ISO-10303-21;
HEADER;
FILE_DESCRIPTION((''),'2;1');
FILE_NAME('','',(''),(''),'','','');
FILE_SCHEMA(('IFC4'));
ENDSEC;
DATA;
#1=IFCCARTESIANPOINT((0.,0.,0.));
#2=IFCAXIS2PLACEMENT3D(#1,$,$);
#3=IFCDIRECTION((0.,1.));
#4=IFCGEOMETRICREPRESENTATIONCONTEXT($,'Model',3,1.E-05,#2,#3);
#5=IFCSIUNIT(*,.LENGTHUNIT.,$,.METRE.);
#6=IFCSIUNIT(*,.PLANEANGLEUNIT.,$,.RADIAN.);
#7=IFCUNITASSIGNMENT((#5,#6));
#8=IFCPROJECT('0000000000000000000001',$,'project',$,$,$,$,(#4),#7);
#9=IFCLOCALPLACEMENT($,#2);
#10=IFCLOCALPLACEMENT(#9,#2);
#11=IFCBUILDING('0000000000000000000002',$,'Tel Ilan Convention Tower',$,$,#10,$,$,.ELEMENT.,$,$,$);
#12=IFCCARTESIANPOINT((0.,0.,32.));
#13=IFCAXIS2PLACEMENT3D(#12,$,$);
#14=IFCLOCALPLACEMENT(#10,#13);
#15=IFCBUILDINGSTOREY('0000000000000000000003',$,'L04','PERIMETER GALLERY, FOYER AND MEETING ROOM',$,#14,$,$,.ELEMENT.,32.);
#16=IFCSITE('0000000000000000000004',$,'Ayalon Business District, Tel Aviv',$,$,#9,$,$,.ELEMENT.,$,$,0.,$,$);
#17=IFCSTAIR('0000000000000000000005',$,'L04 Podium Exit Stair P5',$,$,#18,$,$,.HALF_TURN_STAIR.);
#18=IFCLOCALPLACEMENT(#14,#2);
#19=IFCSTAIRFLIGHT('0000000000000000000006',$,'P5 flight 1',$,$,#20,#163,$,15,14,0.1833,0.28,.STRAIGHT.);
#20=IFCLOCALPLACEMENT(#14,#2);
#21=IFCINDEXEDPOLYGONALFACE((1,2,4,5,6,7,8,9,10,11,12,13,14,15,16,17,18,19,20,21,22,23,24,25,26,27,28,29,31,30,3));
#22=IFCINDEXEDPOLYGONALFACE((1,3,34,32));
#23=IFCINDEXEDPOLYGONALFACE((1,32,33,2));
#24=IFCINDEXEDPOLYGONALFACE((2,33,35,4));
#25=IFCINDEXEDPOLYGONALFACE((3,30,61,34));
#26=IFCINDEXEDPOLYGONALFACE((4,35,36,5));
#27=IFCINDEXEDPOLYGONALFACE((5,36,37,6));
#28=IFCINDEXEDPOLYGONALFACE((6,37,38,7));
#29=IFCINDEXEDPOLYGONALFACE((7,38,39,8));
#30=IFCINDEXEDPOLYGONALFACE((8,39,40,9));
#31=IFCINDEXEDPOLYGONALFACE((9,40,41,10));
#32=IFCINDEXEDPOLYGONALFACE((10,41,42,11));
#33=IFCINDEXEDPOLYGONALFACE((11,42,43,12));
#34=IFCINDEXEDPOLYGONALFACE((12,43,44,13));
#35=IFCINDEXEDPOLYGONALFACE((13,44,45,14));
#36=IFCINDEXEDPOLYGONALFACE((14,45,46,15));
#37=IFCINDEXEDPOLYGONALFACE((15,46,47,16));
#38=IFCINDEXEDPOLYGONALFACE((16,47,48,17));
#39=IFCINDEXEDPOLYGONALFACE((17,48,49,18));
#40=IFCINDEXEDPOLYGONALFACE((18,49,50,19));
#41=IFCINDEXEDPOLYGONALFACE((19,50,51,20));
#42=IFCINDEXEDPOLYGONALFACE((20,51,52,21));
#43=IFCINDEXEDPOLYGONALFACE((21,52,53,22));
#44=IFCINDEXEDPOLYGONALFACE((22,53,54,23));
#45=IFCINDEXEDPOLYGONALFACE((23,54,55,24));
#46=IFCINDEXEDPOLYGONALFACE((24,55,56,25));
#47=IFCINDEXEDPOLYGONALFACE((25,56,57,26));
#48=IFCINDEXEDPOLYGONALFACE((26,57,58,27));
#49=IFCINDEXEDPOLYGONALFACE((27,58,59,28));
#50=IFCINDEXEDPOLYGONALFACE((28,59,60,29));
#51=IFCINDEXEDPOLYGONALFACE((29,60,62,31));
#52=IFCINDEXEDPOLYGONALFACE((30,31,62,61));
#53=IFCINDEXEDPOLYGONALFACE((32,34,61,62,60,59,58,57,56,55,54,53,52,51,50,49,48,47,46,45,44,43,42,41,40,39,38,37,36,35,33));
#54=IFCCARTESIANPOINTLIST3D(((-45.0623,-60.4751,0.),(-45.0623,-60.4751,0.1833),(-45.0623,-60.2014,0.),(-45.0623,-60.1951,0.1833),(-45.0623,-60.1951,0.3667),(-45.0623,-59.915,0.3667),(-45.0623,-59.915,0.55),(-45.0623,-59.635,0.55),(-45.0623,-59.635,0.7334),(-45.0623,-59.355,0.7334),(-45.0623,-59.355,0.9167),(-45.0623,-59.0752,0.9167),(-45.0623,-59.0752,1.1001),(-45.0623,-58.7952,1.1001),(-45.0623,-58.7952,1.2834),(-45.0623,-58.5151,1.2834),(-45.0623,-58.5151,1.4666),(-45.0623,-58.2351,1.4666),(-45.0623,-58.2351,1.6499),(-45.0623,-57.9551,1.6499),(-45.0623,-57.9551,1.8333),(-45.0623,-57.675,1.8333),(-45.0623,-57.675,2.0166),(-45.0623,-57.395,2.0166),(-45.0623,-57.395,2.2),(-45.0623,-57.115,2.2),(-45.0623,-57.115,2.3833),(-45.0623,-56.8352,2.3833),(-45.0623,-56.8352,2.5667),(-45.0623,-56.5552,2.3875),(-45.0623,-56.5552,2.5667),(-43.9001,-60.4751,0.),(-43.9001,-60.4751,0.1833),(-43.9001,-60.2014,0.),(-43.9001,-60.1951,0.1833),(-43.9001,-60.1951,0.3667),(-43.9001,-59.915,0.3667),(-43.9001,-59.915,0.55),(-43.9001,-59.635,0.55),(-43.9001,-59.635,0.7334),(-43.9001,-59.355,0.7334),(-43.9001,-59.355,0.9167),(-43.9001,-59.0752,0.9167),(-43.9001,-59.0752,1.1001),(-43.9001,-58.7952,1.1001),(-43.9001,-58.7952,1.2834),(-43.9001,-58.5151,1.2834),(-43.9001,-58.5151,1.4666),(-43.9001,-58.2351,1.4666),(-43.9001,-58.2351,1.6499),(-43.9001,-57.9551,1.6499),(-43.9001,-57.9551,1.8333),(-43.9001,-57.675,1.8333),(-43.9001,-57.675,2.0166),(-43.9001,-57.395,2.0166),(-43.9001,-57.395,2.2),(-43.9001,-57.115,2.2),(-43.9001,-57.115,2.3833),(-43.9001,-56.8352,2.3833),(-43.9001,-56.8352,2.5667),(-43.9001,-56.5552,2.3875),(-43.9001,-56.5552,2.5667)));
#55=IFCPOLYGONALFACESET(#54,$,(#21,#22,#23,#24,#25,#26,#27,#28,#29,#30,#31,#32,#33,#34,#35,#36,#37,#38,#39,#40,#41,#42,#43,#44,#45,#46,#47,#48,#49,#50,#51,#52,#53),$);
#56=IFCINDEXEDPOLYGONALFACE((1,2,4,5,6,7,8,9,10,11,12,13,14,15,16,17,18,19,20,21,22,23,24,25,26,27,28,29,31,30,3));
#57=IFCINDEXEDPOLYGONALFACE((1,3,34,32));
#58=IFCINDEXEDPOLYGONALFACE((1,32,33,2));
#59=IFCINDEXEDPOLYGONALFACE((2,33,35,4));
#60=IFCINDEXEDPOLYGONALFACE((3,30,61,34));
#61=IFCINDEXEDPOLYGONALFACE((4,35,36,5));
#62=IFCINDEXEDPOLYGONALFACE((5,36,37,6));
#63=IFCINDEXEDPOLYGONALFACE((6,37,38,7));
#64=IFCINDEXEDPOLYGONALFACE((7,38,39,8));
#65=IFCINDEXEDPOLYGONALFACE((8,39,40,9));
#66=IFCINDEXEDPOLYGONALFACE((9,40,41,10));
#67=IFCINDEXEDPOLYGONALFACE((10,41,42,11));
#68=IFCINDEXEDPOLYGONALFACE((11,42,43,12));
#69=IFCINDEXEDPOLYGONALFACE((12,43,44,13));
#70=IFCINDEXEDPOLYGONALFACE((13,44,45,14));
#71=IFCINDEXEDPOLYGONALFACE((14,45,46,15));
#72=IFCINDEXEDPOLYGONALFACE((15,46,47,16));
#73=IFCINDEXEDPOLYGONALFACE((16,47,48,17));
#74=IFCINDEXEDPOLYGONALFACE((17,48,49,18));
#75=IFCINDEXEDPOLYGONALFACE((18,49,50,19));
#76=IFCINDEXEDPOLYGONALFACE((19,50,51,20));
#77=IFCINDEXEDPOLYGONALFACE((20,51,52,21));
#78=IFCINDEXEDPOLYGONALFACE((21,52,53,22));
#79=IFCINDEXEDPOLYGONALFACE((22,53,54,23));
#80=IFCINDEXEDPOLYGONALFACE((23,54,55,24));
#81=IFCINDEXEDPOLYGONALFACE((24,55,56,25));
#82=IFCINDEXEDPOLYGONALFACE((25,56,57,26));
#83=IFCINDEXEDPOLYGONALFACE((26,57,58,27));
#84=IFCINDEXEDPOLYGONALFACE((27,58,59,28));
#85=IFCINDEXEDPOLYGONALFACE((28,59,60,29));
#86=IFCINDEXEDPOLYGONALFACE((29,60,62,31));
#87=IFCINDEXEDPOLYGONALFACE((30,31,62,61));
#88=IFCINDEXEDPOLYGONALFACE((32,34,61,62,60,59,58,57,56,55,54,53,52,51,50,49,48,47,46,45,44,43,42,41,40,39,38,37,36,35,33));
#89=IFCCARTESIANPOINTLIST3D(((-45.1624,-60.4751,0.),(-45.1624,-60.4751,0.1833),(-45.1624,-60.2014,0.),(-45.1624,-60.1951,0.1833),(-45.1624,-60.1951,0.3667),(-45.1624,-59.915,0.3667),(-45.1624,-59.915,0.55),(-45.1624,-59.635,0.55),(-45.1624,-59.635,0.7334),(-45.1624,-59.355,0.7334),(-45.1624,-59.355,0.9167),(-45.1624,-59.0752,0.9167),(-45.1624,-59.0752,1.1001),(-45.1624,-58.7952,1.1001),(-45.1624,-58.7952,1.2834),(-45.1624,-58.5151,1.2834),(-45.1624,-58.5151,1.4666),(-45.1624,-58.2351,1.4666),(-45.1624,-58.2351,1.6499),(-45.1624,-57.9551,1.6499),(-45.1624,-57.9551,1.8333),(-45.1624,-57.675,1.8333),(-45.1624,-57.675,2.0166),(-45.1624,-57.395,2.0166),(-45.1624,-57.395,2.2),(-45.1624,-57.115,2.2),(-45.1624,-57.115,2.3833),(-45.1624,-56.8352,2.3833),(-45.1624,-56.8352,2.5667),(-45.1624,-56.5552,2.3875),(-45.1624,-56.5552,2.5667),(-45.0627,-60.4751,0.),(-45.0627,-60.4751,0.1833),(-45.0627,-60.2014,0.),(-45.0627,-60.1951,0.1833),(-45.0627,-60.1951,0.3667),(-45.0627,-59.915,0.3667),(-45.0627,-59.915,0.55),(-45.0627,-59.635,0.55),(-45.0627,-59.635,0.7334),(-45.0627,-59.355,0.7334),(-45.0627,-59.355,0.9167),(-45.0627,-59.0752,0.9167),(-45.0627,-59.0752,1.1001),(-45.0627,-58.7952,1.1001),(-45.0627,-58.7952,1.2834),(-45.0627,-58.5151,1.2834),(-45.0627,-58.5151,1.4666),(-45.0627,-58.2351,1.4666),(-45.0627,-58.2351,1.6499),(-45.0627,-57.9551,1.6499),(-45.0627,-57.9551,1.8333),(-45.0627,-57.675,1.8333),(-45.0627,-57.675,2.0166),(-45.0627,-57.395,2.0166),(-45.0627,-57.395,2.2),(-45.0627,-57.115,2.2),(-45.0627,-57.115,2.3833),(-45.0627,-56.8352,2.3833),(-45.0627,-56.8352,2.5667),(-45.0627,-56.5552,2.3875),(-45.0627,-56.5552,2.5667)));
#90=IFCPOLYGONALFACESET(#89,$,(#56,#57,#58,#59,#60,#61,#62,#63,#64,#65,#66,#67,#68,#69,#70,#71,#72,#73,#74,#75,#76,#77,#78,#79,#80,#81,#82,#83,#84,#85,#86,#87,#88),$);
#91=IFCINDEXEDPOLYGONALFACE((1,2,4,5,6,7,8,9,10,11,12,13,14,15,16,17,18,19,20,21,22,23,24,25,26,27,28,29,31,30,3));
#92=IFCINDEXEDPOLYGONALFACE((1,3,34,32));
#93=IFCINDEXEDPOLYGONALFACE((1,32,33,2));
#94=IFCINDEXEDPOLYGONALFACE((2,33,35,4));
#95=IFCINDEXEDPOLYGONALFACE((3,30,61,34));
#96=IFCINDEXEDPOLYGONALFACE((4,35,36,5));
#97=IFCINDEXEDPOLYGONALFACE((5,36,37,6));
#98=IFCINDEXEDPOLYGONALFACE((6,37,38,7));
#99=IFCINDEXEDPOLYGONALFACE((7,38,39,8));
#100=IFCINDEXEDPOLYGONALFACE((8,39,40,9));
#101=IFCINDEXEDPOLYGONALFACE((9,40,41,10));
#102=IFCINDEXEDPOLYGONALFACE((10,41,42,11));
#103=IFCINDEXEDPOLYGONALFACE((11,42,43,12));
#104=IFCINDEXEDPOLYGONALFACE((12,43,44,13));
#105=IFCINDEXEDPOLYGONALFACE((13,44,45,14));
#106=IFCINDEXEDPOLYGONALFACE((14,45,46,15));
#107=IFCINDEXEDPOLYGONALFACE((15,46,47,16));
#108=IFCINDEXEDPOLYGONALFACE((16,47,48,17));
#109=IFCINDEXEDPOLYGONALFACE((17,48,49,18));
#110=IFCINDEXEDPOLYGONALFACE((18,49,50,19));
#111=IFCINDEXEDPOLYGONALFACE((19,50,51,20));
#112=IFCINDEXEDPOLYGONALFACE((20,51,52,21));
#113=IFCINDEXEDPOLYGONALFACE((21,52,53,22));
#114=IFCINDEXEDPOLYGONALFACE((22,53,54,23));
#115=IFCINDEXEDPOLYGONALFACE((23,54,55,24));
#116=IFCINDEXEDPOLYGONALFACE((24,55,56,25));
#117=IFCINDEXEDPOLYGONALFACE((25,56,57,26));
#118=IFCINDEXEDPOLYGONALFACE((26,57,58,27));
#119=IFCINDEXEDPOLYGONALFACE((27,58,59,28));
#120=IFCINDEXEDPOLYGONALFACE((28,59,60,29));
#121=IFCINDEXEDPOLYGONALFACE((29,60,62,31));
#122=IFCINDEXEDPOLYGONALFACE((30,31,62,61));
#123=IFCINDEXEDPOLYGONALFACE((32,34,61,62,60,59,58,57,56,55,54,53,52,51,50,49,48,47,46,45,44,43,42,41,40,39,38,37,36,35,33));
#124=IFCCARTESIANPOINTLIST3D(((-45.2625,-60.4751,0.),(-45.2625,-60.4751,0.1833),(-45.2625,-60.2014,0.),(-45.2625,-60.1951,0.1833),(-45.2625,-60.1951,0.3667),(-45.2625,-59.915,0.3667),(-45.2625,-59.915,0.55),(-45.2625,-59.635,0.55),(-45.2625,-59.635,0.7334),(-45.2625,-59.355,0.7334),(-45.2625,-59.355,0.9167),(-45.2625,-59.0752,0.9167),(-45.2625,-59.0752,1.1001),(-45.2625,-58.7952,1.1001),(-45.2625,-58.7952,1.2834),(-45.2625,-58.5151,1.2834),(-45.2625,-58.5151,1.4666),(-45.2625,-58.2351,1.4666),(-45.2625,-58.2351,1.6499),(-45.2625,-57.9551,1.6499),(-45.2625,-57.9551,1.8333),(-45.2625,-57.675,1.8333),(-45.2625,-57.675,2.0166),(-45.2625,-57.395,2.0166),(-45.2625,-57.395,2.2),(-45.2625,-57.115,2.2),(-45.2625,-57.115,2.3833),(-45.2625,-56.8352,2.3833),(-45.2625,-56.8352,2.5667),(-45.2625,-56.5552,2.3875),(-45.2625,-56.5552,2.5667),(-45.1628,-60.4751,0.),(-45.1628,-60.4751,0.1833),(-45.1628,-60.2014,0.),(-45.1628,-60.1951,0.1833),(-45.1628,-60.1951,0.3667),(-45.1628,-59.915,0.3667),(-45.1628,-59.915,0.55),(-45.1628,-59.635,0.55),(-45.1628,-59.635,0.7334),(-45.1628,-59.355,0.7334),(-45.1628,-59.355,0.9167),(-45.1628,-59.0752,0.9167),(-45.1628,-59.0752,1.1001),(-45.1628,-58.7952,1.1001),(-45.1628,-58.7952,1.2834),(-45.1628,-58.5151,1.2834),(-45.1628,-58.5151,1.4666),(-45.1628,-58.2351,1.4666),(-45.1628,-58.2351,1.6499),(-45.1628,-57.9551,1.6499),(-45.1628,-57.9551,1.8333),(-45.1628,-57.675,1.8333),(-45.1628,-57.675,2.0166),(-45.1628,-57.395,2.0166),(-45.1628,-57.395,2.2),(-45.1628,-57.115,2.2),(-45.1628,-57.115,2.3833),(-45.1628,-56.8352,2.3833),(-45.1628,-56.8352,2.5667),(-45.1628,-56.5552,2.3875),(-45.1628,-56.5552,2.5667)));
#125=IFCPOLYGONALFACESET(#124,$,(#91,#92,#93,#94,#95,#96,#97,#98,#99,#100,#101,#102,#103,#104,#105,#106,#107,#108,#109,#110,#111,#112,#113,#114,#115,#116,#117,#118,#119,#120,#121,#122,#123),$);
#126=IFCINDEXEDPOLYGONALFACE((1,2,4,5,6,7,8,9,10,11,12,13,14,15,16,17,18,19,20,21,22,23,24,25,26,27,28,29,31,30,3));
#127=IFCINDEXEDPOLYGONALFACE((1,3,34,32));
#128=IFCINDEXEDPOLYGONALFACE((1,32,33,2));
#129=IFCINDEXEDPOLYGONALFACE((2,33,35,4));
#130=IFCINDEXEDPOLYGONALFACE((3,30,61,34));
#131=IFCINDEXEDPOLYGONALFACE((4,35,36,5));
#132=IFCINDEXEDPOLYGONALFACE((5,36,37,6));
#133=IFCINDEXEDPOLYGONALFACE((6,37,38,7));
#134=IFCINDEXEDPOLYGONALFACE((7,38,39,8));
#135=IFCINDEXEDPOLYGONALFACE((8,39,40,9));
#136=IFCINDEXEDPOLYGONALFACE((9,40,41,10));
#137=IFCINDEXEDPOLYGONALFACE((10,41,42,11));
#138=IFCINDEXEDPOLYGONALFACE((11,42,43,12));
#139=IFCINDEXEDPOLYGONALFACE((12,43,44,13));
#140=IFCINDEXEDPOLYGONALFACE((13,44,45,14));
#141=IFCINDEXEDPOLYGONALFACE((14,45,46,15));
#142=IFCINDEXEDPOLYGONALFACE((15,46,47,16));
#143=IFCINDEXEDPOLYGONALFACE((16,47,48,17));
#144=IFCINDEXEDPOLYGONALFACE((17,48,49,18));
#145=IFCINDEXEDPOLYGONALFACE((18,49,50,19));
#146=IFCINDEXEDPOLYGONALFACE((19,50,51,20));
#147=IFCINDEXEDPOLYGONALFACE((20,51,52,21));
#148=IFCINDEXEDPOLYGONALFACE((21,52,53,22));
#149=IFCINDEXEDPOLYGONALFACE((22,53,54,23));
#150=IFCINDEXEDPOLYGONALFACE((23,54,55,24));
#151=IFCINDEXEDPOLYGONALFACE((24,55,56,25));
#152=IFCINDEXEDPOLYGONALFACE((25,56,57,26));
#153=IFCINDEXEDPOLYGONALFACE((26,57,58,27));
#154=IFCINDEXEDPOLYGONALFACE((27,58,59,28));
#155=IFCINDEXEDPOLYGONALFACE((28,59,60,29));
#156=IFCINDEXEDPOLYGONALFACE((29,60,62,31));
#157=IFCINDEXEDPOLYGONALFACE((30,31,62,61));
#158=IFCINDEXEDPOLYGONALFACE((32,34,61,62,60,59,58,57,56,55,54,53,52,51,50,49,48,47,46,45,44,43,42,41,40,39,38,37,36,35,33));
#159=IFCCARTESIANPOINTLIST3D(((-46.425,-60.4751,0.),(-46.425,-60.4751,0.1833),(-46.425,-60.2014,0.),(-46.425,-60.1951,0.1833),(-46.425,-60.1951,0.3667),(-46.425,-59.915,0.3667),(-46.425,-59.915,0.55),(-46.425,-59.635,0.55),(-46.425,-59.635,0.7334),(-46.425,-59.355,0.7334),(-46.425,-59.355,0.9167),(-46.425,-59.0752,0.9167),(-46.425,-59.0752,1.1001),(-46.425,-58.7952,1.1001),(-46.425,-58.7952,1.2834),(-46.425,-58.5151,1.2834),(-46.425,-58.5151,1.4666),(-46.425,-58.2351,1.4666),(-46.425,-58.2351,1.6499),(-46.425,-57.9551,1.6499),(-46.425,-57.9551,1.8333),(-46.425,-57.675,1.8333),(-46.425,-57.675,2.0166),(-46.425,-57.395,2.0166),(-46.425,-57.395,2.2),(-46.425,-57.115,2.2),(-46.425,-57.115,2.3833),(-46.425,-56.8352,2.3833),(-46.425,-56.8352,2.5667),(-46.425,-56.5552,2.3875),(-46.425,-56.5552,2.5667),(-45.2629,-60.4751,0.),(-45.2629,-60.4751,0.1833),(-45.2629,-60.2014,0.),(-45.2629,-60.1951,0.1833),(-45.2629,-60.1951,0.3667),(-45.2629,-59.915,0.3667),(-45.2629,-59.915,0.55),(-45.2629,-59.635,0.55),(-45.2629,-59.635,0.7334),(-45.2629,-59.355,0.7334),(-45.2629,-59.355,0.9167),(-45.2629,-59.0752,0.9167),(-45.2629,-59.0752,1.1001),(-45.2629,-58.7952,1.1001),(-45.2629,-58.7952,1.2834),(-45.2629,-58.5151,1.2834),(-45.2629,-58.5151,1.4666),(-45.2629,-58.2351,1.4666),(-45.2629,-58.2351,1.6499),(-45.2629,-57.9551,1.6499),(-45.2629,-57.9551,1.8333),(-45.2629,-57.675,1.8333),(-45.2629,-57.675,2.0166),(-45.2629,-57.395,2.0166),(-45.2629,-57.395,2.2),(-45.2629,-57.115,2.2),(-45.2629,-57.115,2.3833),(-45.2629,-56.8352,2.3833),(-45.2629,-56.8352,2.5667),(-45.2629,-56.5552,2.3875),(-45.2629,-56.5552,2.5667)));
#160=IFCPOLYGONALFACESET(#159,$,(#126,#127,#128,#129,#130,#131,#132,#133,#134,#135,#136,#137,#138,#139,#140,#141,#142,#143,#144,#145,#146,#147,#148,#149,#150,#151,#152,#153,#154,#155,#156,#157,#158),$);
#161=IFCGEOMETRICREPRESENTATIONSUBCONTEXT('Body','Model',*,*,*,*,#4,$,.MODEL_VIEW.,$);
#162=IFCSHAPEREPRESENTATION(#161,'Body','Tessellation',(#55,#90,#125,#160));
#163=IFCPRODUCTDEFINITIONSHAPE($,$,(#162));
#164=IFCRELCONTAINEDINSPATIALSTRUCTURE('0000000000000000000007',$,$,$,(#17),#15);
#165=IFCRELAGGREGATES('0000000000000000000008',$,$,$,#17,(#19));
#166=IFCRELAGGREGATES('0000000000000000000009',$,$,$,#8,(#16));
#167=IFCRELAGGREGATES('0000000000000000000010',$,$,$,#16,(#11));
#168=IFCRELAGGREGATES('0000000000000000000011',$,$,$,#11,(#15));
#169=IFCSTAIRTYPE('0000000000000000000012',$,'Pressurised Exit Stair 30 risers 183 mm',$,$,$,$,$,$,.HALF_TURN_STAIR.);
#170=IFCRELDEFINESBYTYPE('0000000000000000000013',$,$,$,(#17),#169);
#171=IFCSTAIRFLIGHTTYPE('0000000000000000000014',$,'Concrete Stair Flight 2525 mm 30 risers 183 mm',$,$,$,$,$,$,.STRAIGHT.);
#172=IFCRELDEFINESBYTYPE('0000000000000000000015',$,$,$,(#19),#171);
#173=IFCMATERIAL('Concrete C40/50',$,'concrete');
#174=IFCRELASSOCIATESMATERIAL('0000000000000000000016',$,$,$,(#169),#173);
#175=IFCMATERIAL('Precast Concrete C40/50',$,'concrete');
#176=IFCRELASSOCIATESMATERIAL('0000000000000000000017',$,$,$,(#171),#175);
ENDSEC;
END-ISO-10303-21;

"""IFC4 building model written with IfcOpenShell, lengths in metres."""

from ifc_helpers import new_model, si_unit, direction, frame, origin, place, context, subcontext, project, spatial, polyline, outline, extrude, material, type_object, element, aggregate, save


model = new_model("IFC4")

# Units and contexts
model_context = context("Model", 3, precision=1e-05, world=origin(), true_north=direction((0.0, 1.0)))
body_context = subcontext(model_context, "Body", "Model", "MODEL_VIEW")
ifc_project = project(units=[si_unit("LENGTHUNIT", "METRE"), si_unit("PLANEANGLEUNIT", "RADIAN")], contexts=[model_context])

# Site, building, storey
site_placement = place(None, origin())
site = spatial("IfcSite", under=ifc_project, at=site_placement, Name="Ayalon Business District, Tel Aviv", CompositionType="ELEMENT", RefElevation=0.0)
building_placement = place(site_placement, origin())
building = spatial("IfcBuilding", under=site, at=building_placement, Name="Tel Ilan Convention Tower", CompositionType="ELEMENT")
storey_placement = place(building_placement, frame((0.0, 0.0, 32.0)))
storey = spatial("IfcBuildingStorey", under=building, at=storey_placement, Name="L04", Description="PERIMETER GALLERY, FOYER AND MEETING ROOM", CompositionType="ELEMENT", Elevation=32.0)

# Stair, stair flight
ifc_material_1 = material(Name="Concrete C40/50", Category="concrete")
stair_type = type_object("IfcStairType", Name="Pressurised Exit Stair 30 risers 183 mm", PredefinedType="HALF_TURN_STAIR", material=ifc_material_1)
stair_1_placement = place(storey_placement, origin())
stair_1 = element("IfcStair", 1, at=stair_1_placement, inside=storey, type_object=stair_type, Name="L04 Podium Exit Stair P5", PredefinedType="HALF_TURN_STAIR")
ifc_material_2 = material(Name="Precast Concrete C40/50", Category="concrete")
stair_flight_type = type_object("IfcStairFlightType", Name="Concrete Stair Flight 2525 mm 30 risers 183 mm", PredefinedType="STRAIGHT", material=ifc_material_2)
stair_flight_1_placement = place(storey_placement, frame((-45.1626, -60.4751, 0.0), z_axis=(0.0, 0.0, 1.0), x_axis=(0.0, 1.0, 0.0)))
stair_flight_1 = element("IfcStairFlight", 2, at=stair_flight_1_placement, type_object=stair_flight_type, Name="P5 flight 1", NumberOfRisers=15, NumberOfTreads=14, PredefinedType="STRAIGHT", RiserHeight=0.1833, TreadLength=0.28, context=body_context, shape_type="SweptSolid", body=[
    extrude(outline(polyline([(0.0, 0.0), (0.0, 0.1833), (0.28, 0.1833), (0.28, 0.3667), (0.5601, 0.3667), (0.5601, 0.55), (0.8401, 0.55), (0.8401, 0.7334), (1.1201, 0.7334), (1.1201, 0.9167), (1.3999, 0.9167), (1.3999, 1.1001), (1.6799, 1.1001), (1.6799, 1.2834), (1.96, 1.2834), (1.96, 1.4666), (2.24, 1.4666), (2.24, 1.6499), (2.52, 1.6499), (2.52, 1.8333), (2.8, 1.8333), (2.8, 2.0166), (3.0801, 2.0166), (3.0801, 2.2), (3.3601, 2.2), (3.3601, 2.3833), (3.6399, 2.3833), (3.6399, 2.5667), (3.9199, 2.5667), (3.9199, 2.75), (3.9199, 2.3875), (0.2737, 0.0), (0.0, 0.0)])), frame((0.0, -0.1003, 0.0), z_axis=(0.0, -1.0, 0.0), x_axis=(1.0, 0.0, 0.0)), (0.0, 0.0, 1.0), 1.1621),
    extrude(outline(polyline([(0.0, 0.0), (0.0, 0.1833), (0.28, 0.1833), (0.28, 0.3667), (0.5601, 0.3667), (0.5601, 0.55), (0.8401, 0.55), (0.8401, 0.7334), (1.1201, 0.7334), (1.1201, 0.9167), (1.3999, 0.9167), (1.3999, 1.1001), (1.6799, 1.1001), (1.6799, 1.2834), (1.96, 1.2834), (1.96, 1.4666), (2.24, 1.4666), (2.24, 1.6499), (2.52, 1.6499), (2.52, 1.8333), (2.8, 1.8333), (2.8, 2.0166), (3.0801, 2.0166), (3.0801, 2.2), (3.3601, 2.2), (3.3601, 2.3833), (3.6399, 2.3833), (3.6399, 2.5667), (3.9199, 2.5667), (3.9199, 2.75), (3.9199, 2.3875), (0.2737, 0.0), (0.0, 0.0)])), frame((0.0, -0.0002, 0.0), z_axis=(0.0, -1.0, 0.0), x_axis=(1.0, 0.0, 0.0)), (0.0, 0.0, 1.0), 0.0996),
    extrude(outline(polyline([(0.0, 0.0), (0.0, 0.1833), (0.28, 0.1833), (0.28, 0.3667), (0.5601, 0.3667), (0.5601, 0.55), (0.8401, 0.55), (0.8401, 0.7334), (1.1201, 0.7334), (1.1201, 0.9167), (1.3999, 0.9167), (1.3999, 1.1001), (1.6799, 1.1001), (1.6799, 1.2834), (1.96, 1.2834), (1.96, 1.4666), (2.24, 1.4666), (2.24, 1.6499), (2.52, 1.6499), (2.52, 1.8333), (2.8, 1.8333), (2.8, 2.0166), (3.0801, 2.0166), (3.0801, 2.2), (3.3601, 2.2), (3.3601, 2.3833), (3.6399, 2.3833), (3.6399, 2.5667), (3.9199, 2.5667), (3.9199, 2.75), (3.9199, 2.3875), (0.2737, 0.0), (0.0, 0.0)])), frame((0.0, 0.0999, 0.0), z_axis=(0.0, -1.0, 0.0), x_axis=(1.0, 0.0, 0.0)), (0.0, 0.0, 1.0), 0.0996),
    extrude(outline(polyline([(0.0, 0.0), (0.0, 0.1833), (0.28, 0.1833), (0.28, 0.3667), (0.5601, 0.3667), (0.5601, 0.55), (0.8401, 0.55), (0.8401, 0.7334), (1.1201, 0.7334), (1.1201, 0.9167), (1.3999, 0.9167), (1.3999, 1.1001), (1.6799, 1.1001), (1.6799, 1.2834), (1.96, 1.2834), (1.96, 1.4666), (2.24, 1.4666), (2.24, 1.6499), (2.52, 1.6499), (2.52, 1.8333), (2.8, 1.8333), (2.8, 2.0166), (3.0801, 2.0166), (3.0801, 2.2), (3.3601, 2.2), (3.3601, 2.3833), (3.6399, 2.3833), (3.6399, 2.5667), (3.9199, 2.5667), (3.9199, 2.75), (3.9199, 2.3875), (0.2737, 0.0), (0.0, 0.0)])), frame((0.0, 1.2625, 0.0), z_axis=(0.0, -1.0, 0.0), x_axis=(1.0, 0.0, 0.0)), (0.0, 0.0, 1.0), 1.1621),
])
aggregate(stair_1, [stair_flight_1])

save(model, "model.ifc")
